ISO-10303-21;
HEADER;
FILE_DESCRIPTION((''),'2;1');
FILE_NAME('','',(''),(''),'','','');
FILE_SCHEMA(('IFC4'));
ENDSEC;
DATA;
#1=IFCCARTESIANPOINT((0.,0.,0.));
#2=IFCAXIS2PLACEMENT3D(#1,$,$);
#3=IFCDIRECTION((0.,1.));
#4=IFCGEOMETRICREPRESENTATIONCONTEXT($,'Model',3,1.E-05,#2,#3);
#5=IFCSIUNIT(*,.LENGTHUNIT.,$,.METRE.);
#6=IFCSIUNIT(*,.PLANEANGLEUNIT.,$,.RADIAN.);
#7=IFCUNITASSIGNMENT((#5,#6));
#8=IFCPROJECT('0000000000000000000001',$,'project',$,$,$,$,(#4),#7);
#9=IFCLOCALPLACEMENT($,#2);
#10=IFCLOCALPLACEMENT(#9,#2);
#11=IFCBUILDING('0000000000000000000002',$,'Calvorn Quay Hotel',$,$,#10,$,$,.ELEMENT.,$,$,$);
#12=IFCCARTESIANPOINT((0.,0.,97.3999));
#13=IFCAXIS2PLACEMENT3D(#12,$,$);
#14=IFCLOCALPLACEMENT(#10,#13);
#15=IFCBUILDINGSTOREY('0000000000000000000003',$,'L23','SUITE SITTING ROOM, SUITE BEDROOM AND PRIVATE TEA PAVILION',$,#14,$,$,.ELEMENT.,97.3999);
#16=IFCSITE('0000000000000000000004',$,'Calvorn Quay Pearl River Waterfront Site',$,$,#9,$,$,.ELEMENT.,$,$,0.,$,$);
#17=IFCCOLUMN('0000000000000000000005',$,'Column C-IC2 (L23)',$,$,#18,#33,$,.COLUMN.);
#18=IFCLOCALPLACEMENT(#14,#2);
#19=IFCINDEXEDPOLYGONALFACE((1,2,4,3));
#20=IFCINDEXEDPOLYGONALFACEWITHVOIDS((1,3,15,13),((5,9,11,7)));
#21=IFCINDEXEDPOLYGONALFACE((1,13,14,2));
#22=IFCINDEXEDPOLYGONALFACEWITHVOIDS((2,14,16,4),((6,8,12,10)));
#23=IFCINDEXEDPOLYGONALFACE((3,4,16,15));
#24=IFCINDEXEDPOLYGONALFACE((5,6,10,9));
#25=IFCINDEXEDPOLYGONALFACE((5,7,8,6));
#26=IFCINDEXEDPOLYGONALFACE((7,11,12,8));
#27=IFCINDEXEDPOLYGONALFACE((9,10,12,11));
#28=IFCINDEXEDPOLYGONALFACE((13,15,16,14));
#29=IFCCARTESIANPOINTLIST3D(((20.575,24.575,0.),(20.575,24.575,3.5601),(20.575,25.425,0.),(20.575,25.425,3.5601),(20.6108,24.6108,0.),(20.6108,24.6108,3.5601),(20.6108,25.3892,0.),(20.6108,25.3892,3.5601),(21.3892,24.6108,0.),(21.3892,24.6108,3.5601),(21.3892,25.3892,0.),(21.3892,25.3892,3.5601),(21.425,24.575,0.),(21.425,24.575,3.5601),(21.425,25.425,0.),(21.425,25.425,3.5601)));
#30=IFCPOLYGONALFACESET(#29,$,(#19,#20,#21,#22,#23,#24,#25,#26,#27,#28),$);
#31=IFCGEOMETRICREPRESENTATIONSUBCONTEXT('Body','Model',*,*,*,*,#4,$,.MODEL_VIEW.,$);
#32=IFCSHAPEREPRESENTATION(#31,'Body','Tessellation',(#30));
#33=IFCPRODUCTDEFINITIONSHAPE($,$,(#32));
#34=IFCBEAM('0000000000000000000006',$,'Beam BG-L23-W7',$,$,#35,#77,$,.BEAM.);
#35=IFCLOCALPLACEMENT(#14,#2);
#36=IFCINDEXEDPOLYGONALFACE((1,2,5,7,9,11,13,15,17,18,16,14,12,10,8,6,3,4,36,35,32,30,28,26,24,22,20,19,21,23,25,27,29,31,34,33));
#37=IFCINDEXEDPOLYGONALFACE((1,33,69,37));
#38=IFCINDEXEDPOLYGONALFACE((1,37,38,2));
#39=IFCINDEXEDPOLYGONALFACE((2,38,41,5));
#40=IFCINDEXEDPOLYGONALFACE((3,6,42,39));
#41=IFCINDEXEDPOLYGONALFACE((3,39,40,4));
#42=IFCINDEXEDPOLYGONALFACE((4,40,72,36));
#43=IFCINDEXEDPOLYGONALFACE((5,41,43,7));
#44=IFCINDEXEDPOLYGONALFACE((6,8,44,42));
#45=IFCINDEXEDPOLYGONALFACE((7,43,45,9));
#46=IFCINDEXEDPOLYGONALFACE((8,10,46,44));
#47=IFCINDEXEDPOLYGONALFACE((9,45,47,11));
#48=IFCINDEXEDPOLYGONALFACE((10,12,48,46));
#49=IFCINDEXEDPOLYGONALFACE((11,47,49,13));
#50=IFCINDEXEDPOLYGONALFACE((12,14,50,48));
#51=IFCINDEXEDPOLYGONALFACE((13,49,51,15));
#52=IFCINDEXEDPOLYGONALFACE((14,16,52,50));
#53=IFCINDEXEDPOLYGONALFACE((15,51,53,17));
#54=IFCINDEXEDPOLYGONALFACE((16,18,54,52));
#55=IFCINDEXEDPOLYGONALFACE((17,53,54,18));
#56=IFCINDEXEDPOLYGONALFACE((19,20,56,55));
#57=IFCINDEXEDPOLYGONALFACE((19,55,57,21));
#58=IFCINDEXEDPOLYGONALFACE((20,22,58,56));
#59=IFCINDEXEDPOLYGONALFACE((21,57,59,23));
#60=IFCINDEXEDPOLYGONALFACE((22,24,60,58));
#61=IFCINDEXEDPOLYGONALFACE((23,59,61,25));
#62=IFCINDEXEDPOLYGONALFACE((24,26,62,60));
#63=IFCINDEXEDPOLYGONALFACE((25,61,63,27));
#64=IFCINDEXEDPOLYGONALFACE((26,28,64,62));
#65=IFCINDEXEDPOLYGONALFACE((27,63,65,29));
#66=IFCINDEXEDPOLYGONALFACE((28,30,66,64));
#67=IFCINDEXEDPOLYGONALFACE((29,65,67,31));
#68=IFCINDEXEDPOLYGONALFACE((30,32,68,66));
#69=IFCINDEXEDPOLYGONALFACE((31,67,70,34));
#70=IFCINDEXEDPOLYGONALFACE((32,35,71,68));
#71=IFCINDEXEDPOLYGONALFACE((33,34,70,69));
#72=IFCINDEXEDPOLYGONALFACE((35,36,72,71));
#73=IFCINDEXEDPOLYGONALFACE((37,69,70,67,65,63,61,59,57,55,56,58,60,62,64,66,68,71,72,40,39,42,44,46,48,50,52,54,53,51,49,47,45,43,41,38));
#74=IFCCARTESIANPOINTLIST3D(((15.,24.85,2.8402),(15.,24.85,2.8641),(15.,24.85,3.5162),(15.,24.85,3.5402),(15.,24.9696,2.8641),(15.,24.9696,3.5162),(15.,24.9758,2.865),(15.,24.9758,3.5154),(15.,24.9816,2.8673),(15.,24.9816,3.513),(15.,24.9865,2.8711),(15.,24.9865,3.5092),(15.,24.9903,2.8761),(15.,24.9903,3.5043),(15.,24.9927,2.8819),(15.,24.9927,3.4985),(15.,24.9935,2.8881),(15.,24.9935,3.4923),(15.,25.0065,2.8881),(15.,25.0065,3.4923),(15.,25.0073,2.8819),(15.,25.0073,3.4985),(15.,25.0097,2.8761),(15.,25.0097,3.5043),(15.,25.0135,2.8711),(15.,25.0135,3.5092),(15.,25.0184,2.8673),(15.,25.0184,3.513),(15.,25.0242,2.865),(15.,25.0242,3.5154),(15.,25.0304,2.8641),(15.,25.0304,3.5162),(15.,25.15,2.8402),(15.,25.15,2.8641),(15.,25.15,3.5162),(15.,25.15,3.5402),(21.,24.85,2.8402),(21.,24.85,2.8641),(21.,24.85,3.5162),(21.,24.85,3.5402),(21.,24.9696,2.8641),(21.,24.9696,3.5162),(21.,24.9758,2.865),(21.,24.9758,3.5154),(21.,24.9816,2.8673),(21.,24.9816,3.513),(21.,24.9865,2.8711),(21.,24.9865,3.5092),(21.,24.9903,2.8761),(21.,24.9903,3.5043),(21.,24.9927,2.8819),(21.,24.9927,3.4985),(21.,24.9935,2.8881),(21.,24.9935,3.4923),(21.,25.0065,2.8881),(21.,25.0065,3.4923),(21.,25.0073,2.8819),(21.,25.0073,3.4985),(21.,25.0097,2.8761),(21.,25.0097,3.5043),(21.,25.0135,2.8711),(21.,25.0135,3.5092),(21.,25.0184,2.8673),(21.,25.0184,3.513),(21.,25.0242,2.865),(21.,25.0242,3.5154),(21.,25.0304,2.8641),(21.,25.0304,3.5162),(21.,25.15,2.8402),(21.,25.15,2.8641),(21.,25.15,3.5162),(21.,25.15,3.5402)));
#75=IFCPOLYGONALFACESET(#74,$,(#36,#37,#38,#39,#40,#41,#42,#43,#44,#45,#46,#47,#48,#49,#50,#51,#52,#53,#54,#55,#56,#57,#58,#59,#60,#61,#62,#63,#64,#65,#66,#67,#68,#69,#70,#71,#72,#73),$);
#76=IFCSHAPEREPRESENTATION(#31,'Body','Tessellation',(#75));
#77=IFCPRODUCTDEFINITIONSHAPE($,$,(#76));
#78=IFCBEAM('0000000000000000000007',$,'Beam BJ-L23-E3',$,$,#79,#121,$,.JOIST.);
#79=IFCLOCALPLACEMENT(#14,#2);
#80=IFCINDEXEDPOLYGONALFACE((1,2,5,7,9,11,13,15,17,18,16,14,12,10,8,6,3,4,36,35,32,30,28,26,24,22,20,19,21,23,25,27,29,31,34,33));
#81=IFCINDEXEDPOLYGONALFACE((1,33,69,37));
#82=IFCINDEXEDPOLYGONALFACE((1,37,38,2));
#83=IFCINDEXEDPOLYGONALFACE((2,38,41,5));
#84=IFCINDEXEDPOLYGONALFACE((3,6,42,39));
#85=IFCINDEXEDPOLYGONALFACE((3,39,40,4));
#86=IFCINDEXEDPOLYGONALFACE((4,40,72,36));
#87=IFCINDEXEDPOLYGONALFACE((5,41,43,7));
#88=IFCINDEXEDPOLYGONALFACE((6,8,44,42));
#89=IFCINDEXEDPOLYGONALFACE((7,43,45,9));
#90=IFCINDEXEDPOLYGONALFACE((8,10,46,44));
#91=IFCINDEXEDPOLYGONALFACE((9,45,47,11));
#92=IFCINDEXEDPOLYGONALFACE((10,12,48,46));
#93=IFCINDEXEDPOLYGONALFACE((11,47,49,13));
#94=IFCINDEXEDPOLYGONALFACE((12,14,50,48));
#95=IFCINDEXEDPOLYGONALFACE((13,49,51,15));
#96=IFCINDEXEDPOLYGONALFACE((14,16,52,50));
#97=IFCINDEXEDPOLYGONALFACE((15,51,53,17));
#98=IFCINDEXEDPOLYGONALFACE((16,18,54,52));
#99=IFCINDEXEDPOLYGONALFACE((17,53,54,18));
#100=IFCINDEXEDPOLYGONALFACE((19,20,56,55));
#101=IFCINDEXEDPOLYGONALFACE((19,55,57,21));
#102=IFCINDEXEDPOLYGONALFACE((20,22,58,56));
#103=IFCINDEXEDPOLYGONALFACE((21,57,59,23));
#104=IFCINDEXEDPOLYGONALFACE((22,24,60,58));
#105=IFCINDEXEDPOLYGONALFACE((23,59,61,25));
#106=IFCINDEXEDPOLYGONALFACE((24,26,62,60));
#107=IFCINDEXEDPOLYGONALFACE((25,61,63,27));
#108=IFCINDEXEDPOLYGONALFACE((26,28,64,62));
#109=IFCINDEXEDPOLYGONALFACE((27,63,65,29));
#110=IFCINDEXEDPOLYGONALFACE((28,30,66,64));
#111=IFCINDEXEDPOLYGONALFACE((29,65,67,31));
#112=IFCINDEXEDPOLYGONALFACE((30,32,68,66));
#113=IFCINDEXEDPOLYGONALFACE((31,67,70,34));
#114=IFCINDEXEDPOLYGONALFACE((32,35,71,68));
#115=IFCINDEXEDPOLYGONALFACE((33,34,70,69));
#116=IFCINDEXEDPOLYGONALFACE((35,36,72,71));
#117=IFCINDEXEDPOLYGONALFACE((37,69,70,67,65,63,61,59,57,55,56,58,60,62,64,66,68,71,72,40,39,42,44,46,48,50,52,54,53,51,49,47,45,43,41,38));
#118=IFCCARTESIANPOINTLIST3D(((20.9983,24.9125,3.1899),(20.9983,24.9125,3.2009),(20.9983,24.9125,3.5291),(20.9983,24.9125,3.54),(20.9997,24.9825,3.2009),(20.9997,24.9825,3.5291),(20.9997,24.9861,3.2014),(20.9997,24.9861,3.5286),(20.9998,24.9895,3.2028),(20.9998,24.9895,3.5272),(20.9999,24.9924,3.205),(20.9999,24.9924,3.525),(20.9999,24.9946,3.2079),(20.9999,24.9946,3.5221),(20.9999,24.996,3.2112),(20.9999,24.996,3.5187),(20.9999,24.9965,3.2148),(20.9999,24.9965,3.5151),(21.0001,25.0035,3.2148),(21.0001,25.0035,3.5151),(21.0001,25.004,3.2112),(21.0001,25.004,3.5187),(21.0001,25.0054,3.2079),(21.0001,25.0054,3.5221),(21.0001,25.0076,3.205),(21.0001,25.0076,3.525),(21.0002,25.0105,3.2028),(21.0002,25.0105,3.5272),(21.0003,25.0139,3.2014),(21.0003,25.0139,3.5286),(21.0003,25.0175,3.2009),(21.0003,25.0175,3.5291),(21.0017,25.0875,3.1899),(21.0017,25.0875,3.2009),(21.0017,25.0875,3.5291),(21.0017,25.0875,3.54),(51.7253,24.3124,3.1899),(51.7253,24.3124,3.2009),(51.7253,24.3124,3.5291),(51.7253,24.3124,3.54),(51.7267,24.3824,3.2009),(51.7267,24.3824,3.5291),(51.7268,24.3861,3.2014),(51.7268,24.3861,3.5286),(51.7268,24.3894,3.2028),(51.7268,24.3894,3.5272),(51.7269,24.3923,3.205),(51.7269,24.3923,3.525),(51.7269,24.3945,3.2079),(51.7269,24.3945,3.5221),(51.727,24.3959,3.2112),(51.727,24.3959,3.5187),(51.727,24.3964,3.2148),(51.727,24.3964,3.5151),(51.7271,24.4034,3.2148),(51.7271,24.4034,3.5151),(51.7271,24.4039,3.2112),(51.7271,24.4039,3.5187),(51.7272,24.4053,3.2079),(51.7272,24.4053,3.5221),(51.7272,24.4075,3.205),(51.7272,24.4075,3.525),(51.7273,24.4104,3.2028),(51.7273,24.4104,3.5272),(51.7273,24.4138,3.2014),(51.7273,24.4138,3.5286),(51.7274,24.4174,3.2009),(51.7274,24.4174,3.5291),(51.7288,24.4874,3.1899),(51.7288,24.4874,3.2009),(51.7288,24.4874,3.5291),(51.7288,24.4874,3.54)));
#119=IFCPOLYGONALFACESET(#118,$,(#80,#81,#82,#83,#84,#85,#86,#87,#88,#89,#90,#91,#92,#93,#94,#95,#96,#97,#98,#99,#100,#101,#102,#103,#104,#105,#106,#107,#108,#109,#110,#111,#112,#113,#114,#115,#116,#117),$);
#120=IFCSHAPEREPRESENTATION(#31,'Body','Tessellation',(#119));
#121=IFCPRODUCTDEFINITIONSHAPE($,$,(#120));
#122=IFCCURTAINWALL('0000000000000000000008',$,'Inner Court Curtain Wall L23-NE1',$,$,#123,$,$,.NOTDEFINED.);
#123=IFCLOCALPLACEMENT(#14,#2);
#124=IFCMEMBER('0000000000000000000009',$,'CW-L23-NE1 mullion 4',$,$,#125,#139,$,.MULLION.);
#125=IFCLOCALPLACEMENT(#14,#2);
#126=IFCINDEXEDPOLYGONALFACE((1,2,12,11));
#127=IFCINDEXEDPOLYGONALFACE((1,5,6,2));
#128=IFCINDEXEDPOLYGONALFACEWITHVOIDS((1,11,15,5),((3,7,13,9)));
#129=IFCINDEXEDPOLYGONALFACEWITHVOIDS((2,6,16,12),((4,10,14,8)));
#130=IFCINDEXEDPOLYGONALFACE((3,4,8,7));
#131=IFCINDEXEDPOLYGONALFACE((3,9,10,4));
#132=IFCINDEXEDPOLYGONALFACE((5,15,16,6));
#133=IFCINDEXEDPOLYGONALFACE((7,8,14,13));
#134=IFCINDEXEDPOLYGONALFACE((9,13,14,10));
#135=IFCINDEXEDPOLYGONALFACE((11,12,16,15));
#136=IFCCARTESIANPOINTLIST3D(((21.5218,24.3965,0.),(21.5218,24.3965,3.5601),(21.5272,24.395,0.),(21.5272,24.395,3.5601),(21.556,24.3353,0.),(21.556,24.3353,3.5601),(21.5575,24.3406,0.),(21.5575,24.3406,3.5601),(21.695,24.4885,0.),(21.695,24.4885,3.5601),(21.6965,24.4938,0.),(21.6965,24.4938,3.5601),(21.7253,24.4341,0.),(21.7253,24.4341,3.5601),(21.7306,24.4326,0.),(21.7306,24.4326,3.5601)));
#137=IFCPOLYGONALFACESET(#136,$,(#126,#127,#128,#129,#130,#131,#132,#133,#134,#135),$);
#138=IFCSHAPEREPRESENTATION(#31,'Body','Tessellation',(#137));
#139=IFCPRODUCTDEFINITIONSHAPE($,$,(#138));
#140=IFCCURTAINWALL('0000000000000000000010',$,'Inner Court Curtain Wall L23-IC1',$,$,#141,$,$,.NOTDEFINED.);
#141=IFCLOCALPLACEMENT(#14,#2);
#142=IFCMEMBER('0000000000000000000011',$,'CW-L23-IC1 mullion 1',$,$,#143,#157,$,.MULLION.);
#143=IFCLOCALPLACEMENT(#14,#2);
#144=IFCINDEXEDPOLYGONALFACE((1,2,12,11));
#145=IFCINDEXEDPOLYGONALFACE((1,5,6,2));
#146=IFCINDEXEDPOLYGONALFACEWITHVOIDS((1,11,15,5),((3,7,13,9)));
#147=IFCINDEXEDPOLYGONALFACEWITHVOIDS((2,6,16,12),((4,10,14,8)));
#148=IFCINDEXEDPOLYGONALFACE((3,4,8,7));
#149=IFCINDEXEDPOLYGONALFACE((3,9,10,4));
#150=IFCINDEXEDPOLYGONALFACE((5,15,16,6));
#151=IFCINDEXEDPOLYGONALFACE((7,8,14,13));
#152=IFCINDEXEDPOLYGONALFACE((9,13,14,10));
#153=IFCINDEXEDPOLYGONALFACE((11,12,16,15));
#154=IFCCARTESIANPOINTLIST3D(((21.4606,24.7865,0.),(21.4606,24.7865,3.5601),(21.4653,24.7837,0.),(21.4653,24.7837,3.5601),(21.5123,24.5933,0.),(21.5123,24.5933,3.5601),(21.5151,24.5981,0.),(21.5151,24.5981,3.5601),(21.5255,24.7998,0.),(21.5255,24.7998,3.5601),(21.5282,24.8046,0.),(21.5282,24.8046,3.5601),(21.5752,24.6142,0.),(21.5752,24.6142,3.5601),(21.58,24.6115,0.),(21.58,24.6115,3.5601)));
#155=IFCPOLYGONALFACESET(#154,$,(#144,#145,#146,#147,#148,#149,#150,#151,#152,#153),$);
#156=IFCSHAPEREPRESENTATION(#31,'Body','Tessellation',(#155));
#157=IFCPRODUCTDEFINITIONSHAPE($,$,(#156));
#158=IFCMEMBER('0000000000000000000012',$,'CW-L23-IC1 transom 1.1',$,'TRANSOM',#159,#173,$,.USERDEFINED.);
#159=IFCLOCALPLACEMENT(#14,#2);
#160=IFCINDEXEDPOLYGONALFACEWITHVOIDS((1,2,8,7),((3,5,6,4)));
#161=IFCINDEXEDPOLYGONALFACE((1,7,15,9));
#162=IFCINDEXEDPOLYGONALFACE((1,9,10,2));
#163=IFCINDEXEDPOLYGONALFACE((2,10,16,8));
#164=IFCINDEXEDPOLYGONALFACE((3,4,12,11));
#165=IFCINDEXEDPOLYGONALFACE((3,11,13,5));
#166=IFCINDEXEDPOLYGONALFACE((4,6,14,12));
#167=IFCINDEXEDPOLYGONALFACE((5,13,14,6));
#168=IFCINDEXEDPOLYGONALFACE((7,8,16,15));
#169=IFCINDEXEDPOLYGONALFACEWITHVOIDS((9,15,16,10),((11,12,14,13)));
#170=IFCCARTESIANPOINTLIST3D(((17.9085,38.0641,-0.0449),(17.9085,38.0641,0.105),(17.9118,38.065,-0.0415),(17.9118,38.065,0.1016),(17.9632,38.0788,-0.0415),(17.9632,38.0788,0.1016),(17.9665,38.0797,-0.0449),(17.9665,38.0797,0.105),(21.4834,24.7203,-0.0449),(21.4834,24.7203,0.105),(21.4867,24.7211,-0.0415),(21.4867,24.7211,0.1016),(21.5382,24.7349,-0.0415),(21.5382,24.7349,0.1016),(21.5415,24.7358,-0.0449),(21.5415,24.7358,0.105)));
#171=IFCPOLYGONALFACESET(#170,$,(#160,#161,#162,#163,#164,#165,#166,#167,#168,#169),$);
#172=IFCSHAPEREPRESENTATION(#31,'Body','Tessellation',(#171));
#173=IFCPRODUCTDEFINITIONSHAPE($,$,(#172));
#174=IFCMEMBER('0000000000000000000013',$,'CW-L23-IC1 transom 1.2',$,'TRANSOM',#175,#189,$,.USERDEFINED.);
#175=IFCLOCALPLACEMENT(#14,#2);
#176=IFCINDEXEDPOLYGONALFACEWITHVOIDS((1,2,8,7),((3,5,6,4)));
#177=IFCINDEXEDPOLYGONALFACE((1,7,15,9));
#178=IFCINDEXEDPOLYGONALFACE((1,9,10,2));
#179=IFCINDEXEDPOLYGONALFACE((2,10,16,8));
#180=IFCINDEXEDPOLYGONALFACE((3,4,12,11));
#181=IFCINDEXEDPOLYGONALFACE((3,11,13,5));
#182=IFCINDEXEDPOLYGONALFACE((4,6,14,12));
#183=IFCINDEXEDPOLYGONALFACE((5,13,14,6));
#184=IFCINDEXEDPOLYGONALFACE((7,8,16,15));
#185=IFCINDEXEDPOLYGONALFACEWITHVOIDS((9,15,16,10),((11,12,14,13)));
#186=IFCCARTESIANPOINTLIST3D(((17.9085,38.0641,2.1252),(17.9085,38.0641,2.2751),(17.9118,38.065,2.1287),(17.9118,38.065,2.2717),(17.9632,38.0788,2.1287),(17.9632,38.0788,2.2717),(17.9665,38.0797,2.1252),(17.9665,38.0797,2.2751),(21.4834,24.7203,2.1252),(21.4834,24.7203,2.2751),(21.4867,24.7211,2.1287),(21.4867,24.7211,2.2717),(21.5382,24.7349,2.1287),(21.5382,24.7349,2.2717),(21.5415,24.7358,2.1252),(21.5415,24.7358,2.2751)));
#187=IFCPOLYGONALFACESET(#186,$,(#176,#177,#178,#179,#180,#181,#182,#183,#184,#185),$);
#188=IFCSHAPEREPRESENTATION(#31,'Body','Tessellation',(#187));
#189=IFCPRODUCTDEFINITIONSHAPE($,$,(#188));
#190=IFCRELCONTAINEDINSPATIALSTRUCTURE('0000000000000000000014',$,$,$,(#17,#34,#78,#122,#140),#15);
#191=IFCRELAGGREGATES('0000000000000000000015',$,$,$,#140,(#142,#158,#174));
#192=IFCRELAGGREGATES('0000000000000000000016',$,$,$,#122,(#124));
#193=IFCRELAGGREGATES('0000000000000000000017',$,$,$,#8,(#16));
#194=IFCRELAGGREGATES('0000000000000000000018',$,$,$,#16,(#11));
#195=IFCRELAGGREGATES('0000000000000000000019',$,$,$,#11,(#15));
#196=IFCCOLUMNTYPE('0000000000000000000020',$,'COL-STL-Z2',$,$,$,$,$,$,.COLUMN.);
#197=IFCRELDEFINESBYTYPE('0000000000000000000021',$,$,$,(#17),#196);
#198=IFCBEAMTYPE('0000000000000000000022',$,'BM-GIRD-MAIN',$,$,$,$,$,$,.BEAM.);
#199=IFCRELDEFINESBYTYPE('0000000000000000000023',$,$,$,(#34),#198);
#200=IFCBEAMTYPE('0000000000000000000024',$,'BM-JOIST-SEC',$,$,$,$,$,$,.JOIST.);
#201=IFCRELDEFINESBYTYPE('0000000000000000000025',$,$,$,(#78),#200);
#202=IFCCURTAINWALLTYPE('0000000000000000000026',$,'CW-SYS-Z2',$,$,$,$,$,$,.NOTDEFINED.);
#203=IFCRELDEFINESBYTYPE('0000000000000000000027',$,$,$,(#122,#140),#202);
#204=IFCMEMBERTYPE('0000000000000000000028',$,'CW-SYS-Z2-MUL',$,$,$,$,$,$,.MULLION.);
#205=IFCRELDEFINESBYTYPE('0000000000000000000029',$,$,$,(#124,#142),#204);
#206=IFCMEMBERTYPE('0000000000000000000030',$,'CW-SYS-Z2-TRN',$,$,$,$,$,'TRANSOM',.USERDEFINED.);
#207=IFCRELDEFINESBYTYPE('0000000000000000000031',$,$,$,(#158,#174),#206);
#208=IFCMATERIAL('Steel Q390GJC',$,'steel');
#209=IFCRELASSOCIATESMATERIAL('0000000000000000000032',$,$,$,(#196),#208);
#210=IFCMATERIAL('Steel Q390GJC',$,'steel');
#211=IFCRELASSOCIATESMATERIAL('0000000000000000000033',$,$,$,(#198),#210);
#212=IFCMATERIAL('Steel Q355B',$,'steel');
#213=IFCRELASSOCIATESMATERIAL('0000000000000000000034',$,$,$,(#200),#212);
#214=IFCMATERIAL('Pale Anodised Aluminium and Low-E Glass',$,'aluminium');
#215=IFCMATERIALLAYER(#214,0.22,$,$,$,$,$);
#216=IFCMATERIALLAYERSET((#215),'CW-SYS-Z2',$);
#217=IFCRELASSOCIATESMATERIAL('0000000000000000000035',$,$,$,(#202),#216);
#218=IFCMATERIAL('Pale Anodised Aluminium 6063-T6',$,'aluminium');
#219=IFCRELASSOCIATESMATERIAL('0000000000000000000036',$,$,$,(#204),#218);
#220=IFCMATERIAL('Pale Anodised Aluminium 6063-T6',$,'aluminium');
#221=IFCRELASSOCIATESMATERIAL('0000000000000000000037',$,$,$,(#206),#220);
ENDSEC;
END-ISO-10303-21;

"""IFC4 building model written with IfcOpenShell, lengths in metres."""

from ifc_helpers import new_model, si_unit, direction, frame, origin, origin_2d, place, context, subcontext, project, spatial, hollow_rectangle, i_section, extrude, material, layer, layer_set, material_profile, profile_set, type_object, element, aggregate, save


model = new_model("IFC4")

# Units and contexts
model_context = context("Model", 3, precision=1e-05, world=origin(), true_north=direction((0.0, 1.0)))
body_context = subcontext(model_context, "Body", "Model", "MODEL_VIEW")
ifc_project = project(units=[si_unit("LENGTHUNIT", "METRE"), si_unit("PLANEANGLEUNIT", "RADIAN")], contexts=[model_context])

# Site, building, storey
site_placement = place(None, origin())
site = spatial("IfcSite", under=ifc_project, at=site_placement, Name="Calvorn Quay Pearl River Waterfront Site", CompositionType="ELEMENT", RefElevation=0.0)
building_placement = place(site_placement, origin())
building = spatial("IfcBuilding", under=site, at=building_placement, Name="Calvorn Quay Hotel", CompositionType="ELEMENT")
storey_placement = place(building_placement, frame((0.0, 0.0, 97.3999)))
storey = spatial("IfcBuildingStorey", under=building, at=storey_placement, Name="L23", Description="SUITE SITTING ROOM, SUITE BEDROOM AND PRIVATE TEA PAVILION", CompositionType="ELEMENT", Elevation=97.3999)

# Column
ifc_material_1 = material(Name="Steel Q390GJC", Category="steel")
ifc_material_profile_1 = material_profile(ifc_material_1, hollow_rectangle(XDim=0.8501, YDim=0.8501, WallThickness=0.0359, at=origin_2d()), Name="BOX850x850x36")
ifc_profile_set_1 = profile_set([ifc_material_profile_1], Name="Steel Q390GJC")
column_type = type_object("IfcColumnType", Name="COL-STL-Z2", PredefinedType="COLUMN", material=ifc_profile_set_1)
column_placement = place(storey_placement, frame((21.0, 25.0, 0.0), z_axis=(0.0, 0.0, 1.0), x_axis=(1.0, 0.0, 0.0)))
element("IfcColumn", 1, at=column_placement, inside=storey, type_object=column_type, Name="Column C-IC2 (L23)", PredefinedType="COLUMN", context=body_context, shape_type="SweptSolid", body=[
    extrude(hollow_rectangle(XDim=0.8501, YDim=0.8501, WallThickness=0.0359, at=origin_2d()), origin(), (0.0, 0.0, 1.0), 3.5601),
])

# Beams
ifc_material_2 = material(Name="Steel Q390GJC", Category="steel")
ifc_material_profile_2 = material_profile(ifc_material_2, i_section(OverallWidth=0.3, OverallDepth=0.7, WebThickness=0.0129, FlangeThickness=0.0239, FilletRadius=0.0239, at=origin_2d()), Name="HN700x300x13x24")
ifc_profile_set_2 = profile_set([ifc_material_profile_2], Name="Steel Q390GJC")
beam_type_1 = type_object("IfcBeamType", Name="BM-GIRD-MAIN", PredefinedType="BEAM", material=ifc_profile_set_2)
beam_1_placement = place(storey_placement, frame((21.0, 25.0, 3.1902), z_axis=(-1.0, 0.0, 0.0), x_axis=(0.0, -1.0, 0.0)))
element("IfcBeam", 2, at=beam_1_placement, inside=storey, type_object=beam_type_1, Name="Beam BG-L23-W7", PredefinedType="BEAM", context=body_context, shape_type="SweptSolid", body=[
    extrude(i_section(OverallWidth=0.3, OverallDepth=0.7, WebThickness=0.0129, FlangeThickness=0.0239, FilletRadius=0.0239, at=origin_2d()), origin(), (0.0, 0.0, 1.0), 6.0),
])
ifc_material_3 = material(Name="Steel Q355B", Category="steel")
ifc_material_profile_3 = material_profile(ifc_material_3, i_section(OverallWidth=0.175, OverallDepth=0.3501, WebThickness=0.0071, FlangeThickness=0.011, FilletRadius=0.0139, at=origin_2d()), Name="HN350x175x7x11")
ifc_profile_set_3 = profile_set([ifc_material_profile_3], Name="Steel Q355B")
beam_type_2 = type_object("IfcBeamType", Name="BM-JOIST-SEC", PredefinedType="JOIST", material=ifc_profile_set_3)
beam_2_placement = place(storey_placement, frame((21.0, 25.0, 3.365), z_axis=(0.999809, -0.019526, 0.0), x_axis=(0.019526, 0.999809, 0.0)))
element("IfcBeam", 3, at=beam_2_placement, inside=storey, type_object=beam_type_2, Name="Beam BJ-L23-E3", PredefinedType="JOIST", context=body_context, shape_type="SweptSolid", body=[
    extrude(i_section(OverallWidth=0.175, OverallDepth=0.3501, WebThickness=0.0071, FlangeThickness=0.011, FilletRadius=0.0139, at=origin_2d()), origin(), (0.0, 0.0, 1.0), 30.7329),
])

# Curtain wall, member
ifc_material_4 = material(Name="Pale Anodised Aluminium and Low-E Glass", Category="aluminium")
ifc_layer_1 = layer(ifc_material_4, 0.22)
ifc_layer_set_1 = layer_set([ifc_layer_1], Name="CW-SYS-Z2")
curtain_wall_type = type_object("IfcCurtainWallType", Name="CW-SYS-Z2", PredefinedType="NOTDEFINED", material=ifc_layer_set_1)
curtain_wall_1_placement = place(storey_placement, origin())
curtain_wall_1 = element("IfcCurtainWall", 4, at=curtain_wall_1_placement, inside=storey, type_object=curtain_wall_type, Name="Inner Court Curtain Wall L23-NE1", PredefinedType="NOTDEFINED")
ifc_material_5 = material(Name="Pale Anodised Aluminium 6063-T6", Category="aluminium")
ifc_material_profile_4 = material_profile(ifc_material_5, hollow_rectangle(XDim=0.0701, YDim=0.2, WallThickness=0.0039, at=origin_2d()), Name="ALU-M200x70x4")
ifc_profile_set_4 = profile_set([ifc_material_profile_4], Name="Pale Anodised Aluminium 6063-T6")
member_type_1 = type_object("IfcMemberType", Name="CW-SYS-Z2-MUL", PredefinedType="MULLION", material=ifc_profile_set_4)
member_1_placement = place(storey_placement, frame((21.6262, 24.4146, 0.0), z_axis=(0.0, 0.0, 1.0), x_axis=(0.486858, -0.873481, 0.0)))
member_1 = element("IfcMember", 5, at=member_1_placement, type_object=member_type_1, Name="CW-L23-NE1 mullion 4", PredefinedType="MULLION", context=body_context, shape_type="SweptSolid", body=[
    extrude(hollow_rectangle(XDim=0.0701, YDim=0.2, WallThickness=0.0039, at=origin_2d()), origin(), (0.0, 0.0, 1.0), 3.5601),
])

# Curtain wall, members
curtain_wall_2_placement = place(storey_placement, origin())
curtain_wall_2 = element("IfcCurtainWall", 6, at=curtain_wall_2_placement, inside=storey, type_object=curtain_wall_type, Name="Inner Court Curtain Wall L23-IC1", PredefinedType="NOTDEFINED")
member_2_placement = place(storey_placement, frame((21.5203, 24.699, 0.0), z_axis=(0.0, 0.0, 1.0), x_axis=(-0.965937, -0.258779, 0.0)))
member_2 = element("IfcMember", 7, at=member_2_placement, type_object=member_type_1, Name="CW-L23-IC1 mullion 1", PredefinedType="MULLION", context=body_context, shape_type="SweptSolid", body=[
    extrude(hollow_rectangle(XDim=0.0701, YDim=0.2, WallThickness=0.0039, at=origin_2d()), origin(), (0.0, 0.0, 1.0), 3.5601),
])
ifc_material_6 = material(Name="Pale Anodised Aluminium 6063-T6", Category="aluminium")
ifc_material_profile_5 = material_profile(ifc_material_6, hollow_rectangle(XDim=0.0601, YDim=0.1499, WallThickness=0.0034, at=origin_2d()), Name="ALU-T150x60x3.5")
ifc_profile_set_5 = profile_set([ifc_material_profile_5], Name="Pale Anodised Aluminium 6063-T6")
member_type_2 = type_object("IfcMemberType", Name="CW-SYS-Z2-TRN", ElementType="TRANSOM", PredefinedType="USERDEFINED", material=ifc_profile_set_5)
member_3_placement = place(storey_placement, frame((21.5125, 24.728, 0.03), z_axis=(-0.258781, 0.965936, 0.0), x_axis=(-0.965936, -0.258781, 0.0)))
member_3 = element("IfcMember", 8, at=member_3_placement, type_object=member_type_2, Name="CW-L23-IC1 transom 1.1", ObjectType="TRANSOM", PredefinedType="USERDEFINED", context=body_context, shape_type="SweptSolid", body=[
    extrude(hollow_rectangle(XDim=0.0601, YDim=0.1499, WallThickness=0.0034, at=origin_2d()), origin(), (0.0, 0.0, 1.0), 13.8145),
])
member_4_placement = place(storey_placement, frame((21.5125, 24.728, 2.2002), z_axis=(-0.258781, 0.965936, 0.0), x_axis=(-0.965936, -0.258781, 0.0)))
member_4 = element("IfcMember", 9, at=member_4_placement, type_object=member_type_2, Name="CW-L23-IC1 transom 1.2", ObjectType="TRANSOM", PredefinedType="USERDEFINED", context=body_context, shape_type="SweptSolid", body=[
    extrude(hollow_rectangle(XDim=0.0601, YDim=0.1499, WallThickness=0.0034, at=origin_2d()), origin(), (0.0, 0.0, 1.0), 13.8145),
])
aggregate(curtain_wall_2, [member_2, member_3, member_4])

aggregate(curtain_wall_1, [member_1])

save(model, "model.ifc")
